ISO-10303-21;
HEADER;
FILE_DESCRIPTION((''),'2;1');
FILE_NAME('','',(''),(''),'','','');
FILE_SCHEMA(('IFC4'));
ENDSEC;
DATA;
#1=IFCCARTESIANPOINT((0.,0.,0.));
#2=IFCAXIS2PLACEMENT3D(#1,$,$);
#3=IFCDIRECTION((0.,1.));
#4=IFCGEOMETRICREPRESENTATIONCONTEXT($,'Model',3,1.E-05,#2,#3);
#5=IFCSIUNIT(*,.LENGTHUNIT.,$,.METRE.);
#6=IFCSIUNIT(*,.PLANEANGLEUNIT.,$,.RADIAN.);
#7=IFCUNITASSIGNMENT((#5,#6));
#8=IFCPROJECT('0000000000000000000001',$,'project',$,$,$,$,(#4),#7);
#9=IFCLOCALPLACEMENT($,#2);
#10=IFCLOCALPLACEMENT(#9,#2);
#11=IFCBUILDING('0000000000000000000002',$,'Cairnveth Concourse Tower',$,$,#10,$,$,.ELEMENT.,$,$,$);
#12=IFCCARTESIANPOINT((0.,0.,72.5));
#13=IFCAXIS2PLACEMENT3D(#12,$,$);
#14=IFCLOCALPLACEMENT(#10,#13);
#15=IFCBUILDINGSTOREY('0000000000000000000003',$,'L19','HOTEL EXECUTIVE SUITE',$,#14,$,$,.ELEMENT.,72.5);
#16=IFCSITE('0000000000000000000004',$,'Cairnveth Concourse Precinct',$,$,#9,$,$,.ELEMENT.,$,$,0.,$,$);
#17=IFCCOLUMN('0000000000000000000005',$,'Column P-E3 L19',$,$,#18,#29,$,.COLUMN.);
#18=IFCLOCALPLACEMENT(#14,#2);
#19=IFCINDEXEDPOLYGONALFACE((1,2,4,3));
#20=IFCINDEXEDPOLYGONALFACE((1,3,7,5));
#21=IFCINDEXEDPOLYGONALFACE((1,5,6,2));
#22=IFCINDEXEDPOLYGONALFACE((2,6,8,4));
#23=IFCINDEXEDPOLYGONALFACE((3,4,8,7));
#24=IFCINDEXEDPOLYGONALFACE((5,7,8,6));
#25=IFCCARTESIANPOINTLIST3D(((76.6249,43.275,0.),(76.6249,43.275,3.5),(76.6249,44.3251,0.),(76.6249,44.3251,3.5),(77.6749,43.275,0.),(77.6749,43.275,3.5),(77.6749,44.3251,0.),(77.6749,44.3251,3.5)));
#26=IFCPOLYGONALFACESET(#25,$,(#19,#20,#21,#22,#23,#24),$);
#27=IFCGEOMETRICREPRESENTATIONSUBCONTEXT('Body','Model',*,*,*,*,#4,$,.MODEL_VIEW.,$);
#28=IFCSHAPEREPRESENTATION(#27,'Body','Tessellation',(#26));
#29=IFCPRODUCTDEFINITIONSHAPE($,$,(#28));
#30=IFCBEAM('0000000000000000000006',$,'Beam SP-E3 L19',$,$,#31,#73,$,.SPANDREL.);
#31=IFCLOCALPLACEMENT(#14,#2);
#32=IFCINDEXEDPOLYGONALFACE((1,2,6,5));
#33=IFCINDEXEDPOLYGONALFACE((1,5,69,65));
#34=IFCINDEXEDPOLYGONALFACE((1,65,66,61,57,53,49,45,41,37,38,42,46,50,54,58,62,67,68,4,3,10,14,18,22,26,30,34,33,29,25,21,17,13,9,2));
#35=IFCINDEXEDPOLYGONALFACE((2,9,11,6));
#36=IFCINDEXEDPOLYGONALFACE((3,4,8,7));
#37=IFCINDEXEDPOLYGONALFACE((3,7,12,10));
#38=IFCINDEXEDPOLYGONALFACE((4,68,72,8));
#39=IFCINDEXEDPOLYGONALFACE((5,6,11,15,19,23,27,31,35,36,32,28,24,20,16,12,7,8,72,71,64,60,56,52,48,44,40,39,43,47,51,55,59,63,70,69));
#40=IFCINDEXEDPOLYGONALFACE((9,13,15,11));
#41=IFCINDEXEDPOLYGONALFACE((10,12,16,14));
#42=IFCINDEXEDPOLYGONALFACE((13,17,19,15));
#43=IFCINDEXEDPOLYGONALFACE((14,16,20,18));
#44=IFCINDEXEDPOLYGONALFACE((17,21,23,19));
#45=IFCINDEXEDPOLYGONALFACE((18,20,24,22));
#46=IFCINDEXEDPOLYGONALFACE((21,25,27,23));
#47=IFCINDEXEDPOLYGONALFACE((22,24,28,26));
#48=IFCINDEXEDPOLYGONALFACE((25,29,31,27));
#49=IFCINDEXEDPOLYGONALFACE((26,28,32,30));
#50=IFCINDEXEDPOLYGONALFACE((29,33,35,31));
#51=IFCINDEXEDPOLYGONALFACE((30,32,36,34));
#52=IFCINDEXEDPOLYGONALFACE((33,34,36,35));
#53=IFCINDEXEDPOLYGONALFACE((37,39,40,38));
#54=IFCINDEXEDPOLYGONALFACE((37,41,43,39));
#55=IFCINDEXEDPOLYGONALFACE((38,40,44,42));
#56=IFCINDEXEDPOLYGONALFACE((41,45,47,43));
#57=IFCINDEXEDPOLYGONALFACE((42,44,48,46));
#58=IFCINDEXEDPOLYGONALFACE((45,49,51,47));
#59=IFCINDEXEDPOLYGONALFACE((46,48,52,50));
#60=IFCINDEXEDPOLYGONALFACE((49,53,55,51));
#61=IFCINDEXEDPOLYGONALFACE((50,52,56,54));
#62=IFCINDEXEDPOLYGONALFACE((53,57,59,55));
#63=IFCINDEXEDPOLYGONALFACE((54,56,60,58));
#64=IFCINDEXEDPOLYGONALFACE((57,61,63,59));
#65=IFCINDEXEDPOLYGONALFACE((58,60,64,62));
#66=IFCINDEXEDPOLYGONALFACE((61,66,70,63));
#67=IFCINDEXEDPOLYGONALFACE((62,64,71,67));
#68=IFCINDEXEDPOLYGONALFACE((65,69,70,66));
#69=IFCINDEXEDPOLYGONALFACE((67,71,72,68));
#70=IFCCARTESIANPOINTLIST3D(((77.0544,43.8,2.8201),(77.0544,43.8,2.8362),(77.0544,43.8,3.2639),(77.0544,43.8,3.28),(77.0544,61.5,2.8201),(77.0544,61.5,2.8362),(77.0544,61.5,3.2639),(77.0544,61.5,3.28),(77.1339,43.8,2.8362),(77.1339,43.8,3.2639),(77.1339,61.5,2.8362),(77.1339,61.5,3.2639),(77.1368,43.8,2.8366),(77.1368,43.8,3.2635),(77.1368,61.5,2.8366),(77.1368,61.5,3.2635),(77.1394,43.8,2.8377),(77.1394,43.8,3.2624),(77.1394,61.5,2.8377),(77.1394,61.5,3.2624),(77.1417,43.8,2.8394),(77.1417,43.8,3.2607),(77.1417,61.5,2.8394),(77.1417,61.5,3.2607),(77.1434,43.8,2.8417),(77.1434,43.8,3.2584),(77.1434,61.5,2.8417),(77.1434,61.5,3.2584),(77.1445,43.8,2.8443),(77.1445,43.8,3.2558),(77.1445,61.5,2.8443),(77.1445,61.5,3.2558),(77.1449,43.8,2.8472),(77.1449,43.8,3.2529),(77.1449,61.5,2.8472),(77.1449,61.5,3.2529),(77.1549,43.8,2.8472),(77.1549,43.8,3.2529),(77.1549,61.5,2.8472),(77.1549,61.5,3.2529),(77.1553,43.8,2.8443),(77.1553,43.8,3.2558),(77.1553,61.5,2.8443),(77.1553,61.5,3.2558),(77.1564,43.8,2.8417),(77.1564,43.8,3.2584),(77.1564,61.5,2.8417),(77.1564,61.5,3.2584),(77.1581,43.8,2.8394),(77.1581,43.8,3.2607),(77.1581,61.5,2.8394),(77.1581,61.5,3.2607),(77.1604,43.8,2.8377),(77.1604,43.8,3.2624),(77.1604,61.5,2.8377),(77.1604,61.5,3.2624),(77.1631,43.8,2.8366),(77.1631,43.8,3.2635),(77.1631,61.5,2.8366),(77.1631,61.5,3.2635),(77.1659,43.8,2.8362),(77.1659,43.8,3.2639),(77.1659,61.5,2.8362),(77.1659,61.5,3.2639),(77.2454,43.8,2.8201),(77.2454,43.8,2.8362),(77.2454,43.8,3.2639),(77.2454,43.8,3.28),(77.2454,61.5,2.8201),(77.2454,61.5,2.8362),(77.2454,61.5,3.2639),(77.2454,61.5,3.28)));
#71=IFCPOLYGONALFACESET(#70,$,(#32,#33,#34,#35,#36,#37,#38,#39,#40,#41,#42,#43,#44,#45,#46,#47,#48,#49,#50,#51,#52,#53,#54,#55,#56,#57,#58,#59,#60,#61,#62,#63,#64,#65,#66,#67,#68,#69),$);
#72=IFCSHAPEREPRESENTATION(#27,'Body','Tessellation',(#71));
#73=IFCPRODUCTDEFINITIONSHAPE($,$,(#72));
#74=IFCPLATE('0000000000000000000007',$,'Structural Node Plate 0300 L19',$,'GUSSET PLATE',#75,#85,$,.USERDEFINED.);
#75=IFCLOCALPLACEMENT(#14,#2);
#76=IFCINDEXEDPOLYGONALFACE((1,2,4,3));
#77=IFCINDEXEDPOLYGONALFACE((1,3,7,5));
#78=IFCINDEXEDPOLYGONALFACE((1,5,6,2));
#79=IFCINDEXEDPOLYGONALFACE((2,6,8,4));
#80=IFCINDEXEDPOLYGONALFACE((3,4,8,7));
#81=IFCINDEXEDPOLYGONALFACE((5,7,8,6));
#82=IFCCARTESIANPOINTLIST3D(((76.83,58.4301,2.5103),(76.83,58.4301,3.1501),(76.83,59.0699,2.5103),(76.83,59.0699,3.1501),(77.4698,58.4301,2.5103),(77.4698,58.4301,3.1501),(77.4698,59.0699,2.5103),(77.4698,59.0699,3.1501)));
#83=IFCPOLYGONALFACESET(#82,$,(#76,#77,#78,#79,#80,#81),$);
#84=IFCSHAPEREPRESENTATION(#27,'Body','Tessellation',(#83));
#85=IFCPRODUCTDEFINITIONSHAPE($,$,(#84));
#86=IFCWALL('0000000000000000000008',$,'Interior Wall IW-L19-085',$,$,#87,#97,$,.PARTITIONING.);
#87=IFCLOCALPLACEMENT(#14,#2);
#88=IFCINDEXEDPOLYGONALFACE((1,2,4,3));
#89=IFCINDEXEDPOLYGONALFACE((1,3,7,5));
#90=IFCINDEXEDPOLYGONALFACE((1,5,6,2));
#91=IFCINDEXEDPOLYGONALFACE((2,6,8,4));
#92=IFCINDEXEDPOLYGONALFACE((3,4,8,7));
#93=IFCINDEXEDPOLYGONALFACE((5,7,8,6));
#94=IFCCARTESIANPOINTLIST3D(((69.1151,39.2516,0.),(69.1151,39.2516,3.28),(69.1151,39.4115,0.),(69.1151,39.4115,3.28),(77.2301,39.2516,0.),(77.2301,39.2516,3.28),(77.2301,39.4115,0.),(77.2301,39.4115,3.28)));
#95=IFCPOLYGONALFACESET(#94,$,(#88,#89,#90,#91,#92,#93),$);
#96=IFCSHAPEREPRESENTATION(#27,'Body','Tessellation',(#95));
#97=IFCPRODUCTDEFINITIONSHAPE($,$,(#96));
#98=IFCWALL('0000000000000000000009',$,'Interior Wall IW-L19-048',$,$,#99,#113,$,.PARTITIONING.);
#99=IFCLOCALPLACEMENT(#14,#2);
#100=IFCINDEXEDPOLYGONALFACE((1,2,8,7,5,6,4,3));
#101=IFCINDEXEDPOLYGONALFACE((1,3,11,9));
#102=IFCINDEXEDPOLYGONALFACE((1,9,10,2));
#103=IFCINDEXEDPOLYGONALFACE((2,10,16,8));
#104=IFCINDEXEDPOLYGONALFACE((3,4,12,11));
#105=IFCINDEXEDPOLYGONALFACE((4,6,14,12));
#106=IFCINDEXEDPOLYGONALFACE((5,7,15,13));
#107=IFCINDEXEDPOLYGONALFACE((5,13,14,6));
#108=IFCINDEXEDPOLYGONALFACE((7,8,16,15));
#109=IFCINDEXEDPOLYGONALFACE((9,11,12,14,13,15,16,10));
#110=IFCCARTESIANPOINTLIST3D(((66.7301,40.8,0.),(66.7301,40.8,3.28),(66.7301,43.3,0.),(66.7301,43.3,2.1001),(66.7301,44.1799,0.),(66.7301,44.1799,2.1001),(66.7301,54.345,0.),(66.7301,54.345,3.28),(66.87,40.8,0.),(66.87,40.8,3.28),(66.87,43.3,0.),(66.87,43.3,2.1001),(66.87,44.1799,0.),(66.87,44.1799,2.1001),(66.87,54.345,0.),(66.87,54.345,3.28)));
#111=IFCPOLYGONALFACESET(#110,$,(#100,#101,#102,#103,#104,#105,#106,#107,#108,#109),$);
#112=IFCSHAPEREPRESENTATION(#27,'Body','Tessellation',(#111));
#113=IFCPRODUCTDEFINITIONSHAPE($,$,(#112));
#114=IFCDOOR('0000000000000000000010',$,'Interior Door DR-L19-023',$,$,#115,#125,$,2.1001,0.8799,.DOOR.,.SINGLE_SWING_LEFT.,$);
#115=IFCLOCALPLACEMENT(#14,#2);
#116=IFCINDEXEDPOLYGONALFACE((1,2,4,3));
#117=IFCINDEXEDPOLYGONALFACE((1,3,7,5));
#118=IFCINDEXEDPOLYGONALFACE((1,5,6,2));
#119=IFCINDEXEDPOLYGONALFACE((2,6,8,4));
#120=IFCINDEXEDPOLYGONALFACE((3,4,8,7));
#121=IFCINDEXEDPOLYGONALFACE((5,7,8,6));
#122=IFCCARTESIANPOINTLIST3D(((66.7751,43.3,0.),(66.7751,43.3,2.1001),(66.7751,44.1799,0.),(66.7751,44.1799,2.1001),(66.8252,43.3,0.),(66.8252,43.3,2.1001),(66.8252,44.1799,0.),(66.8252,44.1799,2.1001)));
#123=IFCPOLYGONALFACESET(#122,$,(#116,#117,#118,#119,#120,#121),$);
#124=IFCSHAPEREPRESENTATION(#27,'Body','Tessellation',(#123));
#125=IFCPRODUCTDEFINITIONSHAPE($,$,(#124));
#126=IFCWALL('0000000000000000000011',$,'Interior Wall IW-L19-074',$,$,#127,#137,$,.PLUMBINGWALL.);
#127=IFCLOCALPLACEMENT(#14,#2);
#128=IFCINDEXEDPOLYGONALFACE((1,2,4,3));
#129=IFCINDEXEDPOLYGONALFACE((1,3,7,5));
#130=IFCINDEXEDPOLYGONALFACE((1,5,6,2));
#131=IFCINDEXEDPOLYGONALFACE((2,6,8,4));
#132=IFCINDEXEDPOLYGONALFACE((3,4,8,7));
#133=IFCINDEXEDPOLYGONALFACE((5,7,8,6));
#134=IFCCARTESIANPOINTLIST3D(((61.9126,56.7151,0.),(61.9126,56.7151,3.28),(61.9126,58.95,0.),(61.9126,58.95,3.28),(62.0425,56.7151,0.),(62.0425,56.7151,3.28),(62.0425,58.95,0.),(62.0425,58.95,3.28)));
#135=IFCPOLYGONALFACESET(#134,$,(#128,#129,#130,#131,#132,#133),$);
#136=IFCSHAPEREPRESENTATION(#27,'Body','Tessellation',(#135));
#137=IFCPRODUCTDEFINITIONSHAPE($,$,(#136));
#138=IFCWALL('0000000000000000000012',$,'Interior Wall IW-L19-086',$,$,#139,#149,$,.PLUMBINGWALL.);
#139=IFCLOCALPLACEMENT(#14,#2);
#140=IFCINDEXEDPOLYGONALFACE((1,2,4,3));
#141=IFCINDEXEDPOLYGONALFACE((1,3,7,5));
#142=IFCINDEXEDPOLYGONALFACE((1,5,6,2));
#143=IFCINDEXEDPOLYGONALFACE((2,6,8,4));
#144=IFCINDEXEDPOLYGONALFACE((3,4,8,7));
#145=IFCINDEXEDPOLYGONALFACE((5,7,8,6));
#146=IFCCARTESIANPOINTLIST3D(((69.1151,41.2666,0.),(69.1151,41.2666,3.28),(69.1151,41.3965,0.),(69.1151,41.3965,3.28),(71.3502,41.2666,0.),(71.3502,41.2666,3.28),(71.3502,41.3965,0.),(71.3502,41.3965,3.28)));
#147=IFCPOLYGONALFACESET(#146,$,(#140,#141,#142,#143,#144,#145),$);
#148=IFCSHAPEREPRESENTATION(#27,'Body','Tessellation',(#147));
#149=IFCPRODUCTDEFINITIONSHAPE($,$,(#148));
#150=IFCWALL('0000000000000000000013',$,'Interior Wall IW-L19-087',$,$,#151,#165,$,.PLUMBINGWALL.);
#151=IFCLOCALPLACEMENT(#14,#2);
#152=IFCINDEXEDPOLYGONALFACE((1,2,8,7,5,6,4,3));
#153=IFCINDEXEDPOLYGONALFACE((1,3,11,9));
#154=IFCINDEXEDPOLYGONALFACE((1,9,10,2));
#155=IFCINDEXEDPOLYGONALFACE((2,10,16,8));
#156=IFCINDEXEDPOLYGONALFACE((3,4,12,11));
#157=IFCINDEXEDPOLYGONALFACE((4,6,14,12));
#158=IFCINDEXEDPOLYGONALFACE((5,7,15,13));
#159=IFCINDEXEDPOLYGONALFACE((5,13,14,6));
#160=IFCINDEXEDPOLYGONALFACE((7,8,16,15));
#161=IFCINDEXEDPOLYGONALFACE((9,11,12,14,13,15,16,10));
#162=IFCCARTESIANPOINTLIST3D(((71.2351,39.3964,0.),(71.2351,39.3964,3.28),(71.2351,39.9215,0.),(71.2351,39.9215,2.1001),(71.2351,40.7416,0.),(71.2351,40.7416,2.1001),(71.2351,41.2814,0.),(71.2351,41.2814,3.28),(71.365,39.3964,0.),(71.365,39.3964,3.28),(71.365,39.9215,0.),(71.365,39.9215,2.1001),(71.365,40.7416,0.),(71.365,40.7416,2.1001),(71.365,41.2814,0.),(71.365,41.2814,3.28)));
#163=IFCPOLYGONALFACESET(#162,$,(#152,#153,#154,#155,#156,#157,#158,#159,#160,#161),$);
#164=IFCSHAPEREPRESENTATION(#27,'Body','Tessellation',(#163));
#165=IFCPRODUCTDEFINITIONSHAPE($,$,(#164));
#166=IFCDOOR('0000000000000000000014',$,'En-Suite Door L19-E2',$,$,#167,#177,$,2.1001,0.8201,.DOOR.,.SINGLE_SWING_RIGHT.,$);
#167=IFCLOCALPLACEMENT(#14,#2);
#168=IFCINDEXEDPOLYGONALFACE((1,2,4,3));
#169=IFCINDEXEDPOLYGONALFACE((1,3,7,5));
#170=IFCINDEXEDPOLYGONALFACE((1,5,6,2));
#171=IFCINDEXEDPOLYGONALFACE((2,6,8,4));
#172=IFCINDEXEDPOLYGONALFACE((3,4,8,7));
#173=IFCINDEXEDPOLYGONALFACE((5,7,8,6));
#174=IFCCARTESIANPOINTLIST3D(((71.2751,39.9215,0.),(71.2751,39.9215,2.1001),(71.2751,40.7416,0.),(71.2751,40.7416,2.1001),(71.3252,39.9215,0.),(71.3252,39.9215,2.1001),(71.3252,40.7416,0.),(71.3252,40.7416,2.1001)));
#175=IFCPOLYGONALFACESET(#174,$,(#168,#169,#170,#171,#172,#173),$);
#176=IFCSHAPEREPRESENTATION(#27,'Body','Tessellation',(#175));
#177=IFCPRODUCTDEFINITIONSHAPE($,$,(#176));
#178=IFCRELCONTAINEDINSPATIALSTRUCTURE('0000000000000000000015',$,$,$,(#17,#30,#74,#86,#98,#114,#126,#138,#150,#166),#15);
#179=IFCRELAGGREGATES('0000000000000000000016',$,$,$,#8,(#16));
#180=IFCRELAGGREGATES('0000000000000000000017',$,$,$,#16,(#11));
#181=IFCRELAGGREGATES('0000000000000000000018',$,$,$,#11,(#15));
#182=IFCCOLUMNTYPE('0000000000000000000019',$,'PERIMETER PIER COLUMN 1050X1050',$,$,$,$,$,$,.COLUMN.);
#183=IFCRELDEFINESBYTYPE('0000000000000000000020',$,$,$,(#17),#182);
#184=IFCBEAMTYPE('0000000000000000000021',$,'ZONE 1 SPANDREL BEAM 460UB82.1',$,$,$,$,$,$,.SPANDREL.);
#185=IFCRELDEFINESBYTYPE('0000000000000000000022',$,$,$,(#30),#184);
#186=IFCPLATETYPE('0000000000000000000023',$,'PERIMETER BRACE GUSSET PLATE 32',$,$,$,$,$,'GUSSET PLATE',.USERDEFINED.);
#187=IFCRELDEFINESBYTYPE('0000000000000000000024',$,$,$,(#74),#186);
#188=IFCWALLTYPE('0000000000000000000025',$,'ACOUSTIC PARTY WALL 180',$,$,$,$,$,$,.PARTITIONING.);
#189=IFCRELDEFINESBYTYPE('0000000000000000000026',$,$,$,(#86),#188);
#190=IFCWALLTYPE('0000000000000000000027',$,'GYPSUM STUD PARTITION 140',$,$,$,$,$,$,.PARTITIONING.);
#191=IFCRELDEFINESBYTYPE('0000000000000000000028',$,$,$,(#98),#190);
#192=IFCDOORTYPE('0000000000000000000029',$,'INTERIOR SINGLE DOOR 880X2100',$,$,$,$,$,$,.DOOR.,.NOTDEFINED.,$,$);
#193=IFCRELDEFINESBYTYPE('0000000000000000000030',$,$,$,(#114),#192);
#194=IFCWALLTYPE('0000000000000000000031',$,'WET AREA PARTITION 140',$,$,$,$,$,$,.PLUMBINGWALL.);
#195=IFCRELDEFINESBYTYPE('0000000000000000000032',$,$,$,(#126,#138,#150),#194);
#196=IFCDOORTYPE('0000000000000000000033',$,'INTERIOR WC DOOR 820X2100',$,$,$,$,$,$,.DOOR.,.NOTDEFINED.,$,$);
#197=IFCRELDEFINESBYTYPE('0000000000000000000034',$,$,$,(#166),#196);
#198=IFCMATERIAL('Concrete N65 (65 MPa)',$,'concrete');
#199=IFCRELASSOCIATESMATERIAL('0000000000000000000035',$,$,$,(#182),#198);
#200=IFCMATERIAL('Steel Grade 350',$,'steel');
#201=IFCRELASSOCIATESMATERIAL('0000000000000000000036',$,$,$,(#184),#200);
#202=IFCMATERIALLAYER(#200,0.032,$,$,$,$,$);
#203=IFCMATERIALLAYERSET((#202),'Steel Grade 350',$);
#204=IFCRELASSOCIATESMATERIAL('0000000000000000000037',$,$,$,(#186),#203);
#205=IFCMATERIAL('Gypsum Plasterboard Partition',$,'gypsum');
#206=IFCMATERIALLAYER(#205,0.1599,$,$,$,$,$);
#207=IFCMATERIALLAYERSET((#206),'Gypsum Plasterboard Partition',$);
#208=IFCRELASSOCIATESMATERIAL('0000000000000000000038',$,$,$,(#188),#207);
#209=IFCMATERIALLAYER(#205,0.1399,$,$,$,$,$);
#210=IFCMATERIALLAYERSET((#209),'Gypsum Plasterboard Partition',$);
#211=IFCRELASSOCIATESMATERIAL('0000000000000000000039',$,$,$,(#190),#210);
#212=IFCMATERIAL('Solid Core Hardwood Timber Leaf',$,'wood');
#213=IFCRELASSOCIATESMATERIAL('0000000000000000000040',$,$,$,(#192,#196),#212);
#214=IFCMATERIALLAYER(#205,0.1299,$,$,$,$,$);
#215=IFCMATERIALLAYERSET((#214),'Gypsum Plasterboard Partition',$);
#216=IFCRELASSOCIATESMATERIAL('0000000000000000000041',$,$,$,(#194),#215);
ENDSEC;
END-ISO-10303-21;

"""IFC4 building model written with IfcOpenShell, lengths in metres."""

from ifc_helpers import new_model, si_unit, direction, frame, frame_2d, origin, origin_2d, place, context, subcontext, project, spatial, rectangle, i_section, extrude, material, layer, layer_set, material_profile, profile_set, type_object, element, fill, save


model = new_model("IFC4")

# Units and contexts
model_context = context("Model", 3, precision=1e-05, world=origin(), true_north=direction((0.0, 1.0)))
body_context = subcontext(model_context, "Body", "Model", "MODEL_VIEW")
ifc_project = project(units=[si_unit("LENGTHUNIT", "METRE"), si_unit("PLANEANGLEUNIT", "RADIAN")], contexts=[model_context])

# Site, building, storey
site_placement = place(None, origin())
site = spatial("IfcSite", under=ifc_project, at=site_placement, Name="Cairnveth Concourse Precinct", CompositionType="ELEMENT", RefElevation=0.0)
building_placement = place(site_placement, origin())
building = spatial("IfcBuilding", under=site, at=building_placement, Name="Cairnveth Concourse Tower", CompositionType="ELEMENT")
storey_placement = place(building_placement, frame((0.0, 0.0, 72.5)))
storey = spatial("IfcBuildingStorey", under=building, at=storey_placement, Name="L19", Description="HOTEL EXECUTIVE SUITE", CompositionType="ELEMENT", Elevation=72.5)

# Column
ifc_material_1 = material(Name="Concrete N65 (65 MPa)", Category="concrete")
ifc_material_profile_1 = material_profile(ifc_material_1, rectangle(XDim=1.05, YDim=1.05, at=origin_2d()), Name="RC-COL-1050x1050")
ifc_profile_set_1 = profile_set([ifc_material_profile_1], Name="Concrete N65 (65 MPa)")
column_type = type_object("IfcColumnType", Name="PERIMETER PIER COLUMN 1050X1050", PredefinedType="COLUMN", material=ifc_profile_set_1)
column_placement = place(storey_placement, frame((77.1499, 43.8, 0.0), z_axis=(0.0, 0.0, 1.0), x_axis=(0.0, 1.0, 0.0)))
element("IfcColumn", 1, at=column_placement, inside=storey, type_object=column_type, Name="Column P-E3 L19", PredefinedType="COLUMN", context=body_context, shape_type="SweptSolid", body=[
    extrude(rectangle(XDim=1.05, YDim=1.05, at=origin_2d()), origin(), (0.0, 0.0, 1.0), 3.5),
])

# Beam
ifc_material_2 = material(Name="Steel Grade 350", Category="steel")
ifc_material_profile_2 = material_profile(ifc_material_2, i_section(OverallWidth=0.1909, OverallDepth=0.46, WebThickness=0.01, FlangeThickness=0.0161, FilletRadius=0.011, at=origin_2d()), Name="460UB82.1")
ifc_profile_set_2 = profile_set([ifc_material_profile_2], Name="Steel Grade 350")
beam_type = type_object("IfcBeamType", Name="ZONE 1 SPANDREL BEAM 460UB82.1", PredefinedType="SPANDREL", material=ifc_profile_set_2)
beam_placement = place(storey_placement, frame((77.1499, 43.8, 3.05), z_axis=(0.0, 1.0, 0.0), x_axis=(-1.0, 0.0, 0.0)))
element("IfcBeam", 2, at=beam_placement, inside=storey, type_object=beam_type, Name="Beam SP-E3 L19", PredefinedType="SPANDREL", context=body_context, shape_type="SweptSolid", body=[
    extrude(i_section(OverallWidth=0.1909, OverallDepth=0.46, WebThickness=0.01, FlangeThickness=0.0161, FilletRadius=0.011, at=origin_2d()), origin(), (0.0, 0.0, 1.0), 17.7),
])

# Plate
ifc_layer_1 = layer(ifc_material_2, 0.032)
ifc_layer_set_1 = layer_set([ifc_layer_1], Name="Steel Grade 350")
plate_type = type_object("IfcPlateType", Name="PERIMETER BRACE GUSSET PLATE 32", ElementType="GUSSET PLATE", PredefinedType="USERDEFINED", material=ifc_layer_set_1)
plate_placement = place(storey_placement, frame((77.1499, 58.75, 2.5103), z_axis=(0.0, 0.0, 1.0), x_axis=(1.0, 0.0, 0.0)))
element("IfcPlate", 3, at=plate_placement, inside=storey, type_object=plate_type, Name="Structural Node Plate 0300 L19", ObjectType="GUSSET PLATE", PredefinedType="USERDEFINED", context=body_context, shape_type="SweptSolid", body=[
    extrude(rectangle(XDim=0.6399, YDim=0.6399, at=origin_2d()), origin(), (0.0, 0.0, 1.0), 0.6399),
])

# Wall
ifc_material_3 = material(Name="Gypsum Plasterboard Partition", Category="gypsum")
ifc_layer_2 = layer(ifc_material_3, 0.1599)
ifc_layer_set_2 = layer_set([ifc_layer_2], Name="Gypsum Plasterboard Partition")
wall_type_1 = type_object("IfcWallType", Name="ACOUSTIC PARTY WALL 180", PredefinedType="PARTITIONING", material=ifc_layer_set_2)
wall_1_placement = place(storey_placement, frame((69.115, 39.3315, 0.0), z_axis=(0.0, 0.0, 1.0), x_axis=(1.0, 0.0, 0.0)))
element("IfcWall", 4, at=wall_1_placement, inside=storey, type_object=wall_type_1, Name="Interior Wall IW-L19-085", PredefinedType="PARTITIONING", context=body_context, shape_type="SweptSolid", body=[
    extrude(rectangle(XDim=8.115, YDim=0.1599, at=frame_2d((4.0576, 0.0))), origin(), (0.0, 0.0, 1.0), 3.28),
])

# Wall, opening, door
ifc_layer_3 = layer(ifc_material_3, 0.1399)
ifc_layer_set_3 = layer_set([ifc_layer_3], Name="Gypsum Plasterboard Partition")
wall_type_2 = type_object("IfcWallType", Name="GYPSUM STUD PARTITION 140", PredefinedType="PARTITIONING", material=ifc_layer_set_3)
wall_2_placement = place(storey_placement, frame((66.8, 40.8, 0.0), z_axis=(0.0, 0.0, 1.0), x_axis=(0.0, 1.0, 0.0)))
wall_2 = element("IfcWall", 5, at=wall_2_placement, inside=storey, type_object=wall_type_2, Name="Interior Wall IW-L19-048", PredefinedType="PARTITIONING", context=body_context, shape_type="SweptSolid", body=[
    extrude(rectangle(XDim=13.5449, YDim=0.1399, at=frame_2d((6.7725, 0.0))), origin(), (0.0, 0.0, 1.0), 3.28),
])
opening_1_placement = place(wall_2_placement, frame((2.5, 0.0, 0.0)))
opening_1 = element("IfcOpeningElement", 6, at=opening_1_placement, cuts=wall_2, PredefinedType="OPENING", context=body_context, shape_type="SweptSolid", body=[
    extrude(rectangle(XDim=0.8799, YDim=2.1001, at=frame_2d((0.4399, 1.05))), frame((0.0, 0.0798, 0.0), z_axis=(0.0, -1.0, 0.0), x_axis=(1.0, 0.0, 0.0)), (0.0, 0.0, 1.0), 0.1599),
])
ifc_material_4 = material(Name="Solid Core Hardwood Timber Leaf", Category="wood")
door_type_1 = type_object("IfcDoorType", Name="INTERIOR SINGLE DOOR 880X2100", OperationType="NOTDEFINED", PredefinedType="DOOR", material=ifc_material_4)
door_1_placement = place(opening_1_placement, origin())
door_1 = element("IfcDoor", 7, at=door_1_placement, inside=storey, type_object=door_type_1, Name="Interior Door DR-L19-023", OperationType="SINGLE_SWING_LEFT", OverallHeight=2.1001, OverallWidth=0.8799, PredefinedType="DOOR", context=body_context, shape_type="SweptSolid", body=[
    extrude(rectangle(XDim=0.8799, YDim=2.1001, at=frame_2d((0.4399, 1.05))), frame((0.0, 0.0249, 0.0), z_axis=(0.0, -1.0, 0.0), x_axis=(1.0, 0.0, 0.0)), (0.0, 0.0, 1.0), 0.05),
])
fill(opening_1, door_1)

# Walls
ifc_layer_4 = layer(ifc_material_3, 0.1299)
ifc_layer_set_4 = layer_set([ifc_layer_4], Name="Gypsum Plasterboard Partition")
wall_type_3 = type_object("IfcWallType", Name="WET AREA PARTITION 140", PredefinedType="PLUMBINGWALL", material=ifc_layer_set_4)
wall_3_placement = place(storey_placement, frame((61.9775, 56.7151, 0.0), z_axis=(0.0, 0.0, 1.0), x_axis=(0.0, 1.0, 0.0)))
element("IfcWall", 8, at=wall_3_placement, inside=storey, type_object=wall_type_3, Name="Interior Wall IW-L19-074", PredefinedType="PLUMBINGWALL", context=body_context, shape_type="SweptSolid", body=[
    extrude(rectangle(XDim=2.2349, YDim=0.1299, at=frame_2d((1.1174, 0.0))), origin(), (0.0, 0.0, 1.0), 3.28),
])
wall_4_placement = place(storey_placement, frame((69.115, 41.3315, 0.0), z_axis=(0.0, 0.0, 1.0), x_axis=(1.0, 0.0, 0.0)))
element("IfcWall", 9, at=wall_4_placement, inside=storey, type_object=wall_type_3, Name="Interior Wall IW-L19-086", PredefinedType="PLUMBINGWALL", context=body_context, shape_type="SweptSolid", body=[
    extrude(rectangle(XDim=2.2351, YDim=0.1299, at=frame_2d((1.1177, 0.0))), origin(), (0.0, 0.0, 1.0), 3.28),
])

# Wall, opening, door
wall_5_placement = place(storey_placement, frame((71.3, 39.3965, 0.0), z_axis=(0.0, 0.0, 1.0), x_axis=(0.0, 1.0, 0.0)))
wall_5 = element("IfcWall", 10, at=wall_5_placement, inside=storey, type_object=wall_type_3, Name="Interior Wall IW-L19-087", PredefinedType="PLUMBINGWALL", context=body_context, shape_type="SweptSolid", body=[
    extrude(rectangle(XDim=1.885, YDim=0.1299, at=frame_2d((0.9424, 0.0))), origin(), (0.0, 0.0, 1.0), 3.28),
])
opening_2_placement = place(wall_5_placement, frame((0.5249, 0.0, 0.0)))
opening_2 = element("IfcOpeningElement", 11, at=opening_2_placement, cuts=wall_5, PredefinedType="OPENING", context=body_context, shape_type="SweptSolid", body=[
    extrude(rectangle(XDim=0.8201, YDim=2.1001, at=frame_2d((0.4102, 1.05))), frame((0.0, 0.075, 0.0), z_axis=(0.0, -1.0, 0.0), x_axis=(1.0, 0.0, 0.0)), (0.0, 0.0, 1.0), 0.1499),
])
door_type_2 = type_object("IfcDoorType", Name="INTERIOR WC DOOR 820X2100", OperationType="NOTDEFINED", PredefinedType="DOOR", material=ifc_material_4)
door_2_placement = place(opening_2_placement, origin())
door_2 = element("IfcDoor", 12, at=door_2_placement, inside=storey, type_object=door_type_2, Name="En-Suite Door L19-E2", OperationType="SINGLE_SWING_RIGHT", OverallHeight=2.1001, OverallWidth=0.8201, PredefinedType="DOOR", context=body_context, shape_type="SweptSolid", body=[
    extrude(rectangle(XDim=0.8201, YDim=2.1001, at=frame_2d((0.4102, 1.05))), frame((0.0, 0.0249, 0.0), z_axis=(0.0, -1.0, 0.0), x_axis=(1.0, 0.0, 0.0)), (0.0, 0.0, 1.0), 0.05),
])
fill(opening_2, door_2)

save(model, "model.ifc")
